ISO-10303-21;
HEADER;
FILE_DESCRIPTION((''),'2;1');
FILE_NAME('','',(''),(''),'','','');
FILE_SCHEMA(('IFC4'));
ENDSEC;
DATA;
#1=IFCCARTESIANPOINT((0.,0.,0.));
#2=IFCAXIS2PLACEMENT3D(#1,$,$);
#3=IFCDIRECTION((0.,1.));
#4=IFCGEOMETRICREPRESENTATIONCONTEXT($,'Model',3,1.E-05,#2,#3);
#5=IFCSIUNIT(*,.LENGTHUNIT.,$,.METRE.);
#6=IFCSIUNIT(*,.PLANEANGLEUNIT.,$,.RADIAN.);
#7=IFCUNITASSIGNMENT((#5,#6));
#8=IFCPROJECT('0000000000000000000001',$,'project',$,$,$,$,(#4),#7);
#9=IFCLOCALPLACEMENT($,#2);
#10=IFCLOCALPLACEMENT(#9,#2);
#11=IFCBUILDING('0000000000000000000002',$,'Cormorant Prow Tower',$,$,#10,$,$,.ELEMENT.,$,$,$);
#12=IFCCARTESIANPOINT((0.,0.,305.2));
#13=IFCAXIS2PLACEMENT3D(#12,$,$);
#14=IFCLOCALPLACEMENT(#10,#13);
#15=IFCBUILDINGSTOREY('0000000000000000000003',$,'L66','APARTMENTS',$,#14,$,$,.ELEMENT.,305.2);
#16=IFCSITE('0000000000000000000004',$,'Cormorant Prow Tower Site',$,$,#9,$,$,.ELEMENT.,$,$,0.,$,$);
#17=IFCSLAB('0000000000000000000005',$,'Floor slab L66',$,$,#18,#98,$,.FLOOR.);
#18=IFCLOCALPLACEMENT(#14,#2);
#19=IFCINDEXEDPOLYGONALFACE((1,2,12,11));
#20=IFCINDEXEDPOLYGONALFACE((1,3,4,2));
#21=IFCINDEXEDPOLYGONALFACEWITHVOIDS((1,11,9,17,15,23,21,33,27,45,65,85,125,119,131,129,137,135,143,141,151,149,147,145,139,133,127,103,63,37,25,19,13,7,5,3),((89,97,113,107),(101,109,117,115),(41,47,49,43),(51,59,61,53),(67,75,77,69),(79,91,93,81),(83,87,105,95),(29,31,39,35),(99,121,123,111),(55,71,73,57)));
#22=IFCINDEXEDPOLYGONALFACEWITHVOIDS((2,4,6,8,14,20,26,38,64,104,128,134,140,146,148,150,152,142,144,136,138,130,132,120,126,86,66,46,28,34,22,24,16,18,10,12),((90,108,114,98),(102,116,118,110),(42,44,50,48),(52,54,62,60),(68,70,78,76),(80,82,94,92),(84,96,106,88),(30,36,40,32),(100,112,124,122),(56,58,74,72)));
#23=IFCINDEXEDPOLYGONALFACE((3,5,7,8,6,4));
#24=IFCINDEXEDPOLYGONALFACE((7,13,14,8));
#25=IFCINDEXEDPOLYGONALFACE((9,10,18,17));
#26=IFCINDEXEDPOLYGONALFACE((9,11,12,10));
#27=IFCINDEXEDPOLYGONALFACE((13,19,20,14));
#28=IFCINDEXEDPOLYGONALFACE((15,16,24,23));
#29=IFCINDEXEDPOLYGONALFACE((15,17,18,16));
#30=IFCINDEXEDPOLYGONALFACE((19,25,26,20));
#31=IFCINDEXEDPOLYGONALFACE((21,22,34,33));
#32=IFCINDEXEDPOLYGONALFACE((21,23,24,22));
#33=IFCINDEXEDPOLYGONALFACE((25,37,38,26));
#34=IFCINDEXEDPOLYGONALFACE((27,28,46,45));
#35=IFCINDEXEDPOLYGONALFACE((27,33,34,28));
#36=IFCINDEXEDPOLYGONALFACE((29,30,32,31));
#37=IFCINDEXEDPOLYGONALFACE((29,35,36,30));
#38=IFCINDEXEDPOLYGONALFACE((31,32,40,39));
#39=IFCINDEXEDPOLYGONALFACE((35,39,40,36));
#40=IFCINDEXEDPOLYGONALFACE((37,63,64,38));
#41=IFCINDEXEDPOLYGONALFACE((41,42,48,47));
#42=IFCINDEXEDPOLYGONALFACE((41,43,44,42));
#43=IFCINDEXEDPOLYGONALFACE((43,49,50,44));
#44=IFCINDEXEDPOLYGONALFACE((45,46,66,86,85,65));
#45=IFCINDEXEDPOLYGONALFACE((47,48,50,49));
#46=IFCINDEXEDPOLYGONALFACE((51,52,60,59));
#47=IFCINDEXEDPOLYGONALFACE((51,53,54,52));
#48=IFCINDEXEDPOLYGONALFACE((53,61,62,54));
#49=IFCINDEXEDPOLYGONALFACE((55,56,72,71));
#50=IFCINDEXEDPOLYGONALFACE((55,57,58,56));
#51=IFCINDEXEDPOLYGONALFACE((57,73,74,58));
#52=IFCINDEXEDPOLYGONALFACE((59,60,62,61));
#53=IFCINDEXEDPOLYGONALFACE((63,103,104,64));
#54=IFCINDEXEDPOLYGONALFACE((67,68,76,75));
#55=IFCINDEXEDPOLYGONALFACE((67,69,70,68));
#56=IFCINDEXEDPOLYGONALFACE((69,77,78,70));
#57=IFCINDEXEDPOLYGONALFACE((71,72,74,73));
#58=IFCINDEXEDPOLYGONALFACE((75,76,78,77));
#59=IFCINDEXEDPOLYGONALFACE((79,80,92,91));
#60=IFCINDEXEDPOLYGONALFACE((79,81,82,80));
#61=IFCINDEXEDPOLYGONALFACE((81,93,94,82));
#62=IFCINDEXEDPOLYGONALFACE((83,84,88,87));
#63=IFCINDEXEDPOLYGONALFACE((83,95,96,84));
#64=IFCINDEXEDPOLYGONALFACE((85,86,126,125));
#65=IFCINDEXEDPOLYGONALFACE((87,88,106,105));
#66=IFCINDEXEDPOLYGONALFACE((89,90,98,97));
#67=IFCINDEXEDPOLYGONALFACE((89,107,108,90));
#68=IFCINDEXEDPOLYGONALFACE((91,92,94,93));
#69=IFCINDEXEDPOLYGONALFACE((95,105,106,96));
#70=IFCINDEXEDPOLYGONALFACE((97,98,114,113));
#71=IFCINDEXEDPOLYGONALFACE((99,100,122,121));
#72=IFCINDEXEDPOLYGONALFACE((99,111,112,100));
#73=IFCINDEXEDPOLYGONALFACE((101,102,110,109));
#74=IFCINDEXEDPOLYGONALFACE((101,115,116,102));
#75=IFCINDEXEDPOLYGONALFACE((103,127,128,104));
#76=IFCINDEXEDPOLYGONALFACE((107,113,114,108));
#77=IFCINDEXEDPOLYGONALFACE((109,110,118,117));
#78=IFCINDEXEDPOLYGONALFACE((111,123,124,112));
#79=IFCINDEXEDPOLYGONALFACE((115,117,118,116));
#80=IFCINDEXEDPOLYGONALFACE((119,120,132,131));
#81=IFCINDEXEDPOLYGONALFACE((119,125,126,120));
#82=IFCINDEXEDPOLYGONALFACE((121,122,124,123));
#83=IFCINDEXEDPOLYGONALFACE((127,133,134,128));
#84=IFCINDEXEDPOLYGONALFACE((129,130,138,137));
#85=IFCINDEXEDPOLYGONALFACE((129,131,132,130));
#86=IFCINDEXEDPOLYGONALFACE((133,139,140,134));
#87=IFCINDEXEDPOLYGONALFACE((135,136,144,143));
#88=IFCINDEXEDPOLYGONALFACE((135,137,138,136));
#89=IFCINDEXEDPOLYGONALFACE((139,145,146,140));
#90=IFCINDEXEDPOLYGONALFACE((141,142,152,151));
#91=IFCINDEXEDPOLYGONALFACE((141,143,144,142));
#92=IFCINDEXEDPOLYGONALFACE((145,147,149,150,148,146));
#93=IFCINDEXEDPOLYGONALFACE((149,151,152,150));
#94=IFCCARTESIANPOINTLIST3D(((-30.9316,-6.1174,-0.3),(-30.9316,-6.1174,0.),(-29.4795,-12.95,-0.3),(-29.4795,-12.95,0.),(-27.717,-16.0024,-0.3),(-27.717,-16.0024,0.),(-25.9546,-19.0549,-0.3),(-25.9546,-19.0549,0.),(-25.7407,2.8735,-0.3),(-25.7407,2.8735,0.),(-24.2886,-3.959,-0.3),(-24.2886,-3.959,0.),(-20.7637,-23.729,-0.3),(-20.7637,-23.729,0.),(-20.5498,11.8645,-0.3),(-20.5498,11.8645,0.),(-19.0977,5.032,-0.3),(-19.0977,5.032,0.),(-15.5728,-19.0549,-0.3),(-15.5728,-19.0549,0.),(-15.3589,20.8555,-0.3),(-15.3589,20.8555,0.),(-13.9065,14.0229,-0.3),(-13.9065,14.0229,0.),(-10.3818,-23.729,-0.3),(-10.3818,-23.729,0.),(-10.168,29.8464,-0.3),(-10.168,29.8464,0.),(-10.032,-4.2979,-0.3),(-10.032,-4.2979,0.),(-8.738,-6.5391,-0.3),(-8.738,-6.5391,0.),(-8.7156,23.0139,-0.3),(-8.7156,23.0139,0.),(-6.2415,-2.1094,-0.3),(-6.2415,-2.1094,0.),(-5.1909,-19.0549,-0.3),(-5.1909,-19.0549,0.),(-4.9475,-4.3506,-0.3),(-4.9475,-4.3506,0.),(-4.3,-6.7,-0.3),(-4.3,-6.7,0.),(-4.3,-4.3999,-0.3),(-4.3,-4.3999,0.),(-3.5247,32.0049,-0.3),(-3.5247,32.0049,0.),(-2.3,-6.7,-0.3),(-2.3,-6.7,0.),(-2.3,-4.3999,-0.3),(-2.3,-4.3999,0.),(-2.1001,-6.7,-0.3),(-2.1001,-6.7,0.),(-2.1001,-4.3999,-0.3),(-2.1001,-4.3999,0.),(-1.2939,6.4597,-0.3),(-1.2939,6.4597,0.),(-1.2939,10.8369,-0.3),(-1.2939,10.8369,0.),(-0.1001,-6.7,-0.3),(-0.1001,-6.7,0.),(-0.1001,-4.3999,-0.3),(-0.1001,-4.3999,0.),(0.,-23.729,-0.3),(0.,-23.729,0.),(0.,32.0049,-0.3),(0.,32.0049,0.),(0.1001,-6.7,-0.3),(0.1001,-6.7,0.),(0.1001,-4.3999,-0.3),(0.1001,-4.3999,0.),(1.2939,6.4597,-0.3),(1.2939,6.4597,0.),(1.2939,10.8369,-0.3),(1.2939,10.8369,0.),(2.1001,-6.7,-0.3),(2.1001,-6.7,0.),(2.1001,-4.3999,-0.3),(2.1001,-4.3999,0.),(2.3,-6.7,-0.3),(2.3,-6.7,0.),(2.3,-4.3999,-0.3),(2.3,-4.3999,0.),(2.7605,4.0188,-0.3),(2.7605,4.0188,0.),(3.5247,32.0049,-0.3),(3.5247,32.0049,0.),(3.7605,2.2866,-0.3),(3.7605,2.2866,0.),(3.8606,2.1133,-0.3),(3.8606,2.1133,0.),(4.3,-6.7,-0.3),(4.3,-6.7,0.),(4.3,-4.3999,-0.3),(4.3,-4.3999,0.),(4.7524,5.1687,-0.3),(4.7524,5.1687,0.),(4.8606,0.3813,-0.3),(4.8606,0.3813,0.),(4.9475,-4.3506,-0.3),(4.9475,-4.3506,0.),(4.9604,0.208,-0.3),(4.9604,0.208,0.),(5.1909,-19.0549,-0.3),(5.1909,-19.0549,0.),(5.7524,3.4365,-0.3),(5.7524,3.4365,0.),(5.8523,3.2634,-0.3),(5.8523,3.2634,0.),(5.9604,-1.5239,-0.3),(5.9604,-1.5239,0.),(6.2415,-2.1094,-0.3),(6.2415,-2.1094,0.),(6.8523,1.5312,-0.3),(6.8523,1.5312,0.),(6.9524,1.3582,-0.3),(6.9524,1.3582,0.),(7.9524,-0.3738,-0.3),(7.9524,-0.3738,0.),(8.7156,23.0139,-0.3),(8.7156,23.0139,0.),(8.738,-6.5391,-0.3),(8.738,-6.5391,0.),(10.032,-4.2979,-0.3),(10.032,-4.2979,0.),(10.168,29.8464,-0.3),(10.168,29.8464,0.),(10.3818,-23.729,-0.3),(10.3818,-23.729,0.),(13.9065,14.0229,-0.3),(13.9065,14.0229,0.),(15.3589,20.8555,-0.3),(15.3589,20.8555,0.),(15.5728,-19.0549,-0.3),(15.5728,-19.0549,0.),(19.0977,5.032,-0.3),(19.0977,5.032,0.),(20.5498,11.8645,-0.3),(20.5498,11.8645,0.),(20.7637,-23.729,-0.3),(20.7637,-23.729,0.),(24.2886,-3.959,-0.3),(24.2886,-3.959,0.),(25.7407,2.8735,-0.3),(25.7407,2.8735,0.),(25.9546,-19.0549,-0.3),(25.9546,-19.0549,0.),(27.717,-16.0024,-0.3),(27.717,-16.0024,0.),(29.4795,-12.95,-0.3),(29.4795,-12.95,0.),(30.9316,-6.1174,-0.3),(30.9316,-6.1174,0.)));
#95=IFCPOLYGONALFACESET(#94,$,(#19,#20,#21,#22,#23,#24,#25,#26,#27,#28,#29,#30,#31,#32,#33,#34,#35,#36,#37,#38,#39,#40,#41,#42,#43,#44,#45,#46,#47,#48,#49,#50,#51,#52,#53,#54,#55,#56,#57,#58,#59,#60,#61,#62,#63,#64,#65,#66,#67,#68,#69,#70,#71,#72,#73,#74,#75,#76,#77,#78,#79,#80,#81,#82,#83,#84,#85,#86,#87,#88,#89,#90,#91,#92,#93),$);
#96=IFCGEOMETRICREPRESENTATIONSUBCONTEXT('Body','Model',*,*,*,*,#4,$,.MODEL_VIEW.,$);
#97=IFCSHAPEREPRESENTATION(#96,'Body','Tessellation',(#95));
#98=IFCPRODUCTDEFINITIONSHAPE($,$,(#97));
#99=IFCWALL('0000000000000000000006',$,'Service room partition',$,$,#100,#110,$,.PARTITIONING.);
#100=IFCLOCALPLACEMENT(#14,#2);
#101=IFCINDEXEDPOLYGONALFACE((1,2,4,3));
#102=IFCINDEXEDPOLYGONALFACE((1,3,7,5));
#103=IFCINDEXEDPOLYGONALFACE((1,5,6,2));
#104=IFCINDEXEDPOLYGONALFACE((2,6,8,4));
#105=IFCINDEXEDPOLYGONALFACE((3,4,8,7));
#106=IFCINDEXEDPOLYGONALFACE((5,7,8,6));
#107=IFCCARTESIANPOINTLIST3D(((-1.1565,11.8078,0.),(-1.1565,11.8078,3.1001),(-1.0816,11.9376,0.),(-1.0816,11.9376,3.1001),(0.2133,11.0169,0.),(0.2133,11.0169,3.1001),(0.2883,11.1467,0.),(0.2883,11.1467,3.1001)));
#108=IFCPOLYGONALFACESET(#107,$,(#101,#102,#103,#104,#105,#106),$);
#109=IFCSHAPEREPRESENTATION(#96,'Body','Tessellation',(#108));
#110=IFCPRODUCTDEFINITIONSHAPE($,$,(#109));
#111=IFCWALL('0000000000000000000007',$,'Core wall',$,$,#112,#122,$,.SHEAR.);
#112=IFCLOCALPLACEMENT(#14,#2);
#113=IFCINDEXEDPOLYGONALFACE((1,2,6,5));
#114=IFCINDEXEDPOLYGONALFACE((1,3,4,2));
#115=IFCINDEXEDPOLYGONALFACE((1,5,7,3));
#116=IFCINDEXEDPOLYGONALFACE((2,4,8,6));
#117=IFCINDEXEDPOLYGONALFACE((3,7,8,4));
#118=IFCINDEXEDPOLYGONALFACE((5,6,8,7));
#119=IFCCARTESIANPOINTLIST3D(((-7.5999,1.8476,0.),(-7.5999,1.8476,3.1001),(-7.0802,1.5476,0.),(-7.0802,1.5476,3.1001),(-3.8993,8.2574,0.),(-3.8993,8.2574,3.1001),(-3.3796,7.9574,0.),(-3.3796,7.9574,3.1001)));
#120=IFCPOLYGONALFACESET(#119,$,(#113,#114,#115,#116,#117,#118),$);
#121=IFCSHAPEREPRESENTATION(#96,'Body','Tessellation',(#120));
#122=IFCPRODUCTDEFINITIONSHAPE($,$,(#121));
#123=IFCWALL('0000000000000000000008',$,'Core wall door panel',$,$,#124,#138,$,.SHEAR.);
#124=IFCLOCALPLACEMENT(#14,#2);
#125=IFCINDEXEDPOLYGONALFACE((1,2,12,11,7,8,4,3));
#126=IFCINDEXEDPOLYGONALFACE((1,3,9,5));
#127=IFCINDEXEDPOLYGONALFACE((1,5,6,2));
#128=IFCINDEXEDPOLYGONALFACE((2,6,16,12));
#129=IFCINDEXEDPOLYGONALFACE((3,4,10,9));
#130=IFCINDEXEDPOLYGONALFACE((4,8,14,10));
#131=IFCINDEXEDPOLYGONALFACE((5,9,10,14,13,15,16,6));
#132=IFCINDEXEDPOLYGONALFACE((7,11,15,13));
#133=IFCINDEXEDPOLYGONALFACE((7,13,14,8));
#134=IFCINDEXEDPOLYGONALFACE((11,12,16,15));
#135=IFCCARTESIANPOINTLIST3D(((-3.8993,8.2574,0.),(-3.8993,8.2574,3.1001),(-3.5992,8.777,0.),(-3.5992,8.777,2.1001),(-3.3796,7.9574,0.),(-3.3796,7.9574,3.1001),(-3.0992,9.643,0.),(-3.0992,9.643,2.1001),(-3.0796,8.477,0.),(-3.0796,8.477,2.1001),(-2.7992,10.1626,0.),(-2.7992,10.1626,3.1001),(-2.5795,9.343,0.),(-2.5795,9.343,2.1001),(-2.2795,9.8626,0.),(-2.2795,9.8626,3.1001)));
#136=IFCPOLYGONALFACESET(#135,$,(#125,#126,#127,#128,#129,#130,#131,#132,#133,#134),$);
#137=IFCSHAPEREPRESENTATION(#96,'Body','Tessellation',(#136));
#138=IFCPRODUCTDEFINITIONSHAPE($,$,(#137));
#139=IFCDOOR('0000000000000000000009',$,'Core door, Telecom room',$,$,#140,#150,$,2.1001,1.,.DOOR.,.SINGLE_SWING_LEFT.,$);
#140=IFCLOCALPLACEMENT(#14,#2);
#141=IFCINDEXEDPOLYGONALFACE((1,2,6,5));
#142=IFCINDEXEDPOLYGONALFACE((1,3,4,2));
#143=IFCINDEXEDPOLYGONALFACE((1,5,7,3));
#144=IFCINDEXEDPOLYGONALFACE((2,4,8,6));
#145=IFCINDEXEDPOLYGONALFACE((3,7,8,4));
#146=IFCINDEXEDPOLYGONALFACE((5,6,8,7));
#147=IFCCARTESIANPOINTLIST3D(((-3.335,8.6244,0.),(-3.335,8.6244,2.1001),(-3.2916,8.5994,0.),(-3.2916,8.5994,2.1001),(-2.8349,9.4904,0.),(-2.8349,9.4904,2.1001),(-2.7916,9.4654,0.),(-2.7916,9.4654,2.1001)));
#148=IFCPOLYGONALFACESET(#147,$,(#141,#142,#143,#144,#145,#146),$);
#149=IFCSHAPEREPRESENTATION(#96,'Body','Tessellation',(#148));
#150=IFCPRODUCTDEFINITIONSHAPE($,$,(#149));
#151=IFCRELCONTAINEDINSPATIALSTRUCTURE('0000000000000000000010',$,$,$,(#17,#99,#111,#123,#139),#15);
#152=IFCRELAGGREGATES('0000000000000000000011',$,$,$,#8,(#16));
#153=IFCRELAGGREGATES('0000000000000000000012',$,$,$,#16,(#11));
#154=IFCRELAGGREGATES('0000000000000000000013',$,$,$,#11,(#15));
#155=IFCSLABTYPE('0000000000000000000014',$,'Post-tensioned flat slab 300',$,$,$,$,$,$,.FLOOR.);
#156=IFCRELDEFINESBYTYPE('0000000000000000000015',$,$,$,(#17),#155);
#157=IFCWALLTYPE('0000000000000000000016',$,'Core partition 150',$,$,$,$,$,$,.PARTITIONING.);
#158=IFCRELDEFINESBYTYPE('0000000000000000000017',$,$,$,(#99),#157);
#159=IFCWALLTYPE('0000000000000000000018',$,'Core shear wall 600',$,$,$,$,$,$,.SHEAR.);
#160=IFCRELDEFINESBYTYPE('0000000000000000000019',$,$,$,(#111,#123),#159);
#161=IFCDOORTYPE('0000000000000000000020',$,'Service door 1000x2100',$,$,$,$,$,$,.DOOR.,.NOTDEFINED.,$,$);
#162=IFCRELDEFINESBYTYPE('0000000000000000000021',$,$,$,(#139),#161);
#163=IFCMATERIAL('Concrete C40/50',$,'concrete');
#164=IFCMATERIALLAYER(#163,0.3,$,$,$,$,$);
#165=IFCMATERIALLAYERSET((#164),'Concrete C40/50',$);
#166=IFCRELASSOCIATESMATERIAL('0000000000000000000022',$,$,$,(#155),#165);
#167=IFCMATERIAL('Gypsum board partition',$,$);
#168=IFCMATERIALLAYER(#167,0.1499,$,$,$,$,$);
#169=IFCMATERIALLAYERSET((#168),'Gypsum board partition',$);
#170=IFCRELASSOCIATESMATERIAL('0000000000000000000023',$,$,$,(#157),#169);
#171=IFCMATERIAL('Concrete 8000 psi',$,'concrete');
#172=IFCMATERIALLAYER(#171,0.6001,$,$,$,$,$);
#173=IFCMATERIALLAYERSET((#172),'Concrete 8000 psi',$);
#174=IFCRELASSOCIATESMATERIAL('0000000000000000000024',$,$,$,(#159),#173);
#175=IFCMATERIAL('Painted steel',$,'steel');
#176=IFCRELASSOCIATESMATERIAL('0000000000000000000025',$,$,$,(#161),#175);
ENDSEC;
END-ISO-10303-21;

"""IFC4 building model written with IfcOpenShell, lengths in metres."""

from ifc_helpers import new_model, si_unit, direction, frame, frame_2d, origin, place, context, subcontext, project, spatial, polyline, rectangle, outline, extrude, material, layer, layer_set, type_object, element, fill, save


model = new_model("IFC4")

# Units and contexts
model_context = context("Model", 3, precision=1e-05, world=origin(), true_north=direction((0.0, 1.0)))
body_context = subcontext(model_context, "Body", "Model", "MODEL_VIEW")
ifc_project = project(units=[si_unit("LENGTHUNIT", "METRE"), si_unit("PLANEANGLEUNIT", "RADIAN")], contexts=[model_context])

# Site, building, storey
site_placement = place(None, origin())
site = spatial("IfcSite", under=ifc_project, at=site_placement, Name="Cormorant Prow Tower Site", CompositionType="ELEMENT", RefElevation=0.0)
building_placement = place(site_placement, origin())
building = spatial("IfcBuilding", under=site, at=building_placement, Name="Cormorant Prow Tower", CompositionType="ELEMENT")
storey_placement = place(building_placement, frame((0.0, 0.0, 305.2)))
storey = spatial("IfcBuildingStorey", under=building, at=storey_placement, Name="L66", Description="APARTMENTS", CompositionType="ELEMENT", Elevation=305.2)

# Slab
ifc_material_1 = material(Name="Concrete C40/50", Category="concrete")
ifc_layer_1 = layer(ifc_material_1, 0.3)
ifc_layer_set_1 = layer_set([ifc_layer_1], Name="Concrete C40/50")
slab_type_1 = type_object("IfcSlabType", Name="Post-tensioned flat slab 300", PredefinedType="FLOOR", material=ifc_layer_set_1)
slab_1_placement = place(storey_placement, frame((0.0, 0.0, -0.3)))
element("IfcSlab", 1, at=slab_1_placement, inside=storey, type_object=slab_type_1, Name="Floor slab L66", PredefinedType="FLOOR", context=body_context, shape_type="SweptSolid", body=[
    extrude(outline(polyline([(-8.7156, 23.0139), (-15.3589, 20.8555), (-13.9065, 14.0229), (-20.5498, 11.8645), (-19.0977, 5.032), (-25.7407, 2.8735), (-24.2886, -3.959), (-30.9316, -6.1174), (-29.4795, -12.95), (-27.717, -16.0024), (-25.9546, -19.0549), (-20.7637, -23.729), (-15.5728, -19.0549), (-10.3818, -23.729), (-5.1909, -19.0549), (0.0, -23.729), (5.1909, -19.0549), (10.3818, -23.729), (15.5728, -19.0549), (20.7637, -23.729), (25.9546, -19.0549), (27.717, -16.0024), (29.4795, -12.95), (30.9316, -6.1174), (24.2886, -3.959), (25.7407, 2.8735), (19.0977, 5.032), (20.5498, 11.8645), (13.9065, 14.0229), (15.3589, 20.8555), (8.7156, 23.0139), (10.168, 29.8464), (3.5247, 32.0049), (0.0, 32.0049), (-3.5247, 32.0049), (-10.168, 29.8464), (-8.7156, 23.0139)]), holes=[polyline([(-4.3, -4.3999), (-2.3, -4.3999), (-2.3, -6.7), (-4.3, -6.7), (-4.3, -4.3999)]), polyline([(-0.1001, -4.3999), (-0.1001, -6.7), (-2.1001, -6.7), (-2.1001, -4.3999), (-0.1001, -4.3999)]), polyline([(2.1001, -6.7), (0.1001, -6.7), (0.1001, -4.3999), (2.1001, -4.3999), (2.1001, -6.7)]), polyline([(2.3, -6.7), (2.3, -4.3999), (4.3, -4.3999), (4.3, -6.7), (2.3, -6.7)]), polyline([(5.9604, -1.5239), (4.9604, 0.208), (6.9524, 1.3582), (7.9524, -0.3738), (5.9604, -1.5239)]), polyline([(3.8606, 2.1133), (5.8523, 3.2634), (6.8523, 1.5312), (4.8606, 0.3813), (3.8606, 2.1133)]), polyline([(4.7524, 5.1687), (5.7524, 3.4365), (3.7605, 2.2866), (2.7605, 4.0188), (4.7524, 5.1687)]), polyline([(-4.9475, -4.3506), (-8.738, -6.5391), (-10.032, -4.2979), (-6.2415, -2.1094), (-4.9475, -4.3506)]), polyline([(10.032, -4.2979), (8.738, -6.5391), (4.9475, -4.3506), (6.2415, -2.1094), (10.032, -4.2979)]), polyline([(1.2939, 10.8369), (1.2939, 6.4597), (-1.2939, 6.4597), (-1.2939, 10.8369), (1.2939, 10.8369)])]), origin(), (0.0, 0.0, 1.0), 0.3),
])

# Walls
ifc_material_2 = material(Name="Gypsum board partition")
ifc_layer_2 = layer(ifc_material_2, 0.1499)
ifc_layer_set_2 = layer_set([ifc_layer_2], Name="Gypsum board partition")
wall_type_1 = type_object("IfcWallType", Name="Core partition 150", PredefinedType="PARTITIONING", material=ifc_layer_set_2)
wall_1_placement = place(storey_placement, frame((-1.1191, 11.8728, 0.0), z_axis=(0.0, 0.0, 1.0), x_axis=(0.865993, -0.500056, 0.0)))
element("IfcWall", 2, at=wall_1_placement, inside=storey, type_object=wall_type_1, Name="Service room partition", PredefinedType="PARTITIONING", context=body_context, shape_type="SweptSolid", body=[
    extrude(rectangle(XDim=1.5818, YDim=0.1499, at=frame_2d((0.791, 0.0))), origin(), (0.0, 0.0, 1.0), 3.1001),
])
ifc_material_3 = material(Name="Concrete 8000 psi", Category="concrete")
ifc_layer_3 = layer(ifc_material_3, 0.6001)
ifc_layer_set_3 = layer_set([ifc_layer_3], Name="Concrete 8000 psi")
wall_type_2 = type_object("IfcWallType", Name="Core shear wall 600", PredefinedType="SHEAR", material=ifc_layer_set_3)
wall_2_placement = place(storey_placement, frame((-3.6394, 8.1074, 0.0), z_axis=(0.0, 0.0, 1.0), x_axis=(-0.499992, -0.86603, 0.0)))
element("IfcWall", 3, at=wall_2_placement, inside=storey, type_object=wall_type_2, Name="Core wall", PredefinedType="SHEAR", context=body_context, shape_type="SweptSolid", body=[
    extrude(rectangle(XDim=7.4014, YDim=0.6001, at=frame_2d((3.7007, 0.0))), origin(), (0.0, 0.0, 1.0), 3.1001),
])

# Wall, opening, door
wall_3_placement = place(storey_placement, frame((-2.5393, 10.0127, 0.0), z_axis=(0.0, 0.0, 1.0), x_axis=(-0.50003, -0.866008, 0.0)))
wall_3 = element("IfcWall", 4, at=wall_3_placement, inside=storey, type_object=wall_type_2, Name="Core wall door panel", PredefinedType="SHEAR", context=body_context, shape_type="SweptSolid", body=[
    extrude(rectangle(XDim=2.2, YDim=0.6001, at=frame_2d((1.1001, 0.0))), origin(), (0.0, 0.0, 1.0), 3.1001),
])
opening_1_placement = place(wall_3_placement, frame((0.6001, 0.0, 0.0)))
opening_1 = element("IfcOpeningElement", 5, at=opening_1_placement, cuts=wall_3, PredefinedType="OPENING", context=body_context, shape_type="SweptSolid", body=[
    extrude(rectangle(XDim=1.0, YDim=2.1001, at=frame_2d((0.5, 1.05))), frame((0.0, 0.3101, 0.0), z_axis=(0.0, -1.0, 0.0), x_axis=(1.0, 0.0, 0.0)), (0.0, 0.0, 1.0), 0.6201),
])
ifc_material_4 = material(Name="Painted steel", Category="steel")
door_type_1 = type_object("IfcDoorType", Name="Service door 1000x2100", OperationType="NOTDEFINED", PredefinedType="DOOR", material=ifc_material_4)
door_1_placement = place(opening_1_placement, origin())
door_1 = element("IfcDoor", 6, at=door_1_placement, inside=storey, type_object=door_type_1, Name="Core door, Telecom room", OperationType="SINGLE_SWING_LEFT", OverallHeight=2.1001, OverallWidth=1.0, PredefinedType="DOOR", context=body_context, shape_type="SweptSolid", body=[
    extrude(rectangle(XDim=1.0, YDim=2.1001, at=frame_2d((0.5, 1.05))), frame((0.0, 0.0552, 0.0), z_axis=(0.0, -1.0, 0.0), x_axis=(1.0, 0.0, 0.0)), (0.0, 0.0, 1.0), 0.05),
])
fill(opening_1, door_1)

save(model, "model.ifc")
